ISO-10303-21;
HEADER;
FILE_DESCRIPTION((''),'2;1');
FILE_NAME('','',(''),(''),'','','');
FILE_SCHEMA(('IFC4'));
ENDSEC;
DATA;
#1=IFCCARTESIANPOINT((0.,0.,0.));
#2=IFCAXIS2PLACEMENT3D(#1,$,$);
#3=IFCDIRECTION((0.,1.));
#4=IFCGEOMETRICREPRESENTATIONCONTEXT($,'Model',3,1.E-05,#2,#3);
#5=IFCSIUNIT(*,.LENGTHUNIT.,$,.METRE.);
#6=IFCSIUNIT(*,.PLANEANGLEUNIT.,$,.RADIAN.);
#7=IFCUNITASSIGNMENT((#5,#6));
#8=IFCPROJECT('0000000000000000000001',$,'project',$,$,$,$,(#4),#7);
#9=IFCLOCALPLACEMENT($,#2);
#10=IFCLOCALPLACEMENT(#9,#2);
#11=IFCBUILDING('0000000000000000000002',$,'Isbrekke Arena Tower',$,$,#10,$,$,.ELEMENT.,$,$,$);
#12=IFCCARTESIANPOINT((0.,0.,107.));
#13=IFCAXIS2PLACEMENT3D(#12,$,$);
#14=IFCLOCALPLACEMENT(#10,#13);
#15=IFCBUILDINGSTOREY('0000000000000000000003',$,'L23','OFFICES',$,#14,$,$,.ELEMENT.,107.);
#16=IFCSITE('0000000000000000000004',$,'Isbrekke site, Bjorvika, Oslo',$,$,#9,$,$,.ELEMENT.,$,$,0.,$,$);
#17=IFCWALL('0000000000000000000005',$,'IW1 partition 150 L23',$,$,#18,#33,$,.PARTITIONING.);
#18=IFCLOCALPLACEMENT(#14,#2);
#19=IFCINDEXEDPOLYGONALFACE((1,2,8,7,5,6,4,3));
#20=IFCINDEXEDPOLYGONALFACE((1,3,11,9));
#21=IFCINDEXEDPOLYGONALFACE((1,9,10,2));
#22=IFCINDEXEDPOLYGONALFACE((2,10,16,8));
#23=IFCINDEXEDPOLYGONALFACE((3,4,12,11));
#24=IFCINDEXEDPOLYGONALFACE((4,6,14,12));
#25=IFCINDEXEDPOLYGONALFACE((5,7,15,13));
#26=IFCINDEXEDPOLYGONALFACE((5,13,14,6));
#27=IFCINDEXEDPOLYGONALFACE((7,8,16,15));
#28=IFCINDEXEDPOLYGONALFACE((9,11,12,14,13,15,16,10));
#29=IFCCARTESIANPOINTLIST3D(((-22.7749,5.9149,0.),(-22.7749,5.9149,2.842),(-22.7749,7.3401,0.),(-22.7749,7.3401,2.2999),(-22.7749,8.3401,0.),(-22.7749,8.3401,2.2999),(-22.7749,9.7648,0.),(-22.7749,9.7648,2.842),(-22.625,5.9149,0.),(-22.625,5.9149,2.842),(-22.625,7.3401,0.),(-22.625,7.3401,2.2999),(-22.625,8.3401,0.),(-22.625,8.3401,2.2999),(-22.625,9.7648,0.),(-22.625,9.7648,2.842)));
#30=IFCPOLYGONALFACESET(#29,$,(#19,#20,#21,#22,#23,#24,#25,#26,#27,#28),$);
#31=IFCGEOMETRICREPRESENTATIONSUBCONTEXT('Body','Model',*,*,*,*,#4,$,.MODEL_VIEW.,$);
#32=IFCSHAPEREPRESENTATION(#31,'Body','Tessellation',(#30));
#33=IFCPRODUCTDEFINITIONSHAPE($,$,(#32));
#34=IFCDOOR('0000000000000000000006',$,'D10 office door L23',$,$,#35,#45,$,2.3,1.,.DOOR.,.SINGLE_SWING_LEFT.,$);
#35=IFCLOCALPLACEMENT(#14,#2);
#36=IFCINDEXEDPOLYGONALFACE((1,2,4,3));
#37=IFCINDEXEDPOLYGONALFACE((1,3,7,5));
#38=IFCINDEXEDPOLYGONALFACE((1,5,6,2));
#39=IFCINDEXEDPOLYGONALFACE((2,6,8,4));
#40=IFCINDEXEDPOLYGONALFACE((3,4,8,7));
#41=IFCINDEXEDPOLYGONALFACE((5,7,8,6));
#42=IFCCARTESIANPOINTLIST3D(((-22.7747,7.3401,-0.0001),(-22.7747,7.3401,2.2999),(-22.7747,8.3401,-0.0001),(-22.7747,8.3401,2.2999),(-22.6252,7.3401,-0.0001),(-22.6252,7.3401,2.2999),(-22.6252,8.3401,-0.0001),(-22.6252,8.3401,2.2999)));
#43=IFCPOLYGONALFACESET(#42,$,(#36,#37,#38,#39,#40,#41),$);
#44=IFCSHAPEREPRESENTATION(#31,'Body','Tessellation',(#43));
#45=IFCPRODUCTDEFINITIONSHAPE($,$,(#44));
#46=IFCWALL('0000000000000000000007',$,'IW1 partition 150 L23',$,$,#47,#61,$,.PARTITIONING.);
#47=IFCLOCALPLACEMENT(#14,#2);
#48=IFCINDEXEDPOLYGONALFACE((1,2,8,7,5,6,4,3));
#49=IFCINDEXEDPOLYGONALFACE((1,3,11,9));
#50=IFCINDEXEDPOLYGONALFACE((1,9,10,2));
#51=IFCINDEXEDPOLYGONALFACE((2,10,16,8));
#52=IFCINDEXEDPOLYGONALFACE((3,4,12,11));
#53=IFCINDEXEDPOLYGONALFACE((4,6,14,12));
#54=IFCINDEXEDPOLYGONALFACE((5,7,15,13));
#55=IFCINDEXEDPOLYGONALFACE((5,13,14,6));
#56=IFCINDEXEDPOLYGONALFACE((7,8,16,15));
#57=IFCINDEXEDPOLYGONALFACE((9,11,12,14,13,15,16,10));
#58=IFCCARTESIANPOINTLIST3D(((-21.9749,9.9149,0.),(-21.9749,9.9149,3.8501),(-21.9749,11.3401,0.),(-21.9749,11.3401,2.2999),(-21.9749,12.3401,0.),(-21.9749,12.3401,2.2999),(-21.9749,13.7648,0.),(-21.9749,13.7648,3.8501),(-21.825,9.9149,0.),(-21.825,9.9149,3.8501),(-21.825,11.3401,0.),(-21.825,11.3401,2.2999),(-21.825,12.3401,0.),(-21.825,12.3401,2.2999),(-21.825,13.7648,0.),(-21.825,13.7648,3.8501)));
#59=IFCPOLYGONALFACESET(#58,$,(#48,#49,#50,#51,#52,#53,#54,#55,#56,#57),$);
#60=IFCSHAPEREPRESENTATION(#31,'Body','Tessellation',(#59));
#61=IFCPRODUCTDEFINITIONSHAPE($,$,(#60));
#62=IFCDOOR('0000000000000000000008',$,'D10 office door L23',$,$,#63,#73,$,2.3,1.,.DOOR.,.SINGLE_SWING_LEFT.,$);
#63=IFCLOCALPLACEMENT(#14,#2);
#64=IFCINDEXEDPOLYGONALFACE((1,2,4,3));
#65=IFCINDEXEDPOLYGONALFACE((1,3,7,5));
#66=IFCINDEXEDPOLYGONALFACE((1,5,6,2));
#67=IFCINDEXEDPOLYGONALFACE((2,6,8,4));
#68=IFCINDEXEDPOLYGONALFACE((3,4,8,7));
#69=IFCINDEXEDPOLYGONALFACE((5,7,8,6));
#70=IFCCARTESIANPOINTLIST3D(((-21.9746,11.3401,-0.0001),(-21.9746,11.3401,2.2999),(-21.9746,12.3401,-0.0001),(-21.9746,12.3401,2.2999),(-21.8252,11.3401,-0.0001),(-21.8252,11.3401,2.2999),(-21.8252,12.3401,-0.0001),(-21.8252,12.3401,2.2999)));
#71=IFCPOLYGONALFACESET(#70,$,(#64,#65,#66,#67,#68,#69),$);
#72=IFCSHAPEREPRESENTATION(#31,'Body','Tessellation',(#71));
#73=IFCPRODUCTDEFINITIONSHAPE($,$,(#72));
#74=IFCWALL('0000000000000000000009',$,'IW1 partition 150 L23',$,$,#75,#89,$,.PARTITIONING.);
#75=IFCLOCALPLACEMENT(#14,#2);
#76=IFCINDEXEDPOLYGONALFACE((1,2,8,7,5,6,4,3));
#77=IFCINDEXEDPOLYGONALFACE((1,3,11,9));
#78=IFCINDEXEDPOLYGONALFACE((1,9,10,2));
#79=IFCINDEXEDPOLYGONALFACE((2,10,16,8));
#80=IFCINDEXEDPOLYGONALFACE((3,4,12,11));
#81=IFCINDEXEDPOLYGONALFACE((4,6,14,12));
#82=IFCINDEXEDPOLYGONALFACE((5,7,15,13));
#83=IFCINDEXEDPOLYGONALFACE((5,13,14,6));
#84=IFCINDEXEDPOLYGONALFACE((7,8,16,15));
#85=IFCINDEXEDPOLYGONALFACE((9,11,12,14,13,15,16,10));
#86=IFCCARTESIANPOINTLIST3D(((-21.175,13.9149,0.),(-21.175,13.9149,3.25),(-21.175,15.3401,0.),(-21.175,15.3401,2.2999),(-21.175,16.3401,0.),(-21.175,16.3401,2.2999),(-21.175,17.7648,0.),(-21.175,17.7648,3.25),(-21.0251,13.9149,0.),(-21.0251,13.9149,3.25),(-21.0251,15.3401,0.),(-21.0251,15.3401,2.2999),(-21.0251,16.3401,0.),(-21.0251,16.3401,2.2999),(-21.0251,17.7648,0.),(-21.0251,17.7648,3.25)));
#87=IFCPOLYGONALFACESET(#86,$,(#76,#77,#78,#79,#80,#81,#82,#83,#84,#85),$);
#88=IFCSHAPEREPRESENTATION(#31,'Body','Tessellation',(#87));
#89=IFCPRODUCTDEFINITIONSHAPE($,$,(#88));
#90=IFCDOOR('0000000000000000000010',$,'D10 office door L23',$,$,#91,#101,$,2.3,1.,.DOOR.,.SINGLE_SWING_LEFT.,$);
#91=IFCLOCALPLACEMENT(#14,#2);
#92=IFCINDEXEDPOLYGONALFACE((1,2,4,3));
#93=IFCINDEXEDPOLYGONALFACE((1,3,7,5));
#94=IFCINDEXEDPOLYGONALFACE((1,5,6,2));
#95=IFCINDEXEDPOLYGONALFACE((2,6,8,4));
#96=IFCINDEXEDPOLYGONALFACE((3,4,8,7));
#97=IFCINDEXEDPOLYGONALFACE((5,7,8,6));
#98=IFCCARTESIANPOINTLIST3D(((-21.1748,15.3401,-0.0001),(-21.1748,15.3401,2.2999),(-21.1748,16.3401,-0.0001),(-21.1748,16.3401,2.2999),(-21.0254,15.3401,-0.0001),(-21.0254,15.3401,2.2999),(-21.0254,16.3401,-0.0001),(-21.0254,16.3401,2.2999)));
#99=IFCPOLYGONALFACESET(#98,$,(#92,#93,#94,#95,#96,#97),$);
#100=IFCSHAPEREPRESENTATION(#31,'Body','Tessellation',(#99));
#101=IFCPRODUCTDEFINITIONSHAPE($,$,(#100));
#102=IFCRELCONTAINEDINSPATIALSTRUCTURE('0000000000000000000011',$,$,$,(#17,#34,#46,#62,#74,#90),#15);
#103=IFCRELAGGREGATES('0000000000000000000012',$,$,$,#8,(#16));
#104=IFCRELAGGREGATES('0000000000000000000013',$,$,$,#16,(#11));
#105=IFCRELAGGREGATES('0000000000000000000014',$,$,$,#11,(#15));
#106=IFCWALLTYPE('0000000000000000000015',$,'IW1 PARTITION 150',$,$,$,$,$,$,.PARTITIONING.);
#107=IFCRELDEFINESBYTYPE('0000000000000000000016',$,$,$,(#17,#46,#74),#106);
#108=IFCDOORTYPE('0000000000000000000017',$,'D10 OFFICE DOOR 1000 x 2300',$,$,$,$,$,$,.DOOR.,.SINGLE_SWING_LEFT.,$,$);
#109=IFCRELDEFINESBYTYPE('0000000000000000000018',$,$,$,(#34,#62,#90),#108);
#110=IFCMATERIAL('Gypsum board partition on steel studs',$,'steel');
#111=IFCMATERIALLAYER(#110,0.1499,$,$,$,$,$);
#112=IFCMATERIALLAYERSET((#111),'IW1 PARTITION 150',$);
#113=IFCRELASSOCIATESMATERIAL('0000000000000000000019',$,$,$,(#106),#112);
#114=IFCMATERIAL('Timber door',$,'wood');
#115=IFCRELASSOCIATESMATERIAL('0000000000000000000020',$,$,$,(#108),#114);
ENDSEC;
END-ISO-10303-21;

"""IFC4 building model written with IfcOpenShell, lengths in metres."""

from ifc_helpers import new_model, si_unit, direction, frame, frame_2d, origin, place, context, subcontext, project, spatial, rectangle, extrude, material, layer, layer_set, type_object, element, fill, save


model = new_model("IFC4")

# Units and contexts
model_context = context("Model", 3, precision=1e-05, world=origin(), true_north=direction((0.0, 1.0)))
body_context = subcontext(model_context, "Body", "Model", "MODEL_VIEW")
ifc_project = project(units=[si_unit("LENGTHUNIT", "METRE"), si_unit("PLANEANGLEUNIT", "RADIAN")], contexts=[model_context])

# Site, building, storey
site_placement = place(None, origin())
site = spatial("IfcSite", under=ifc_project, at=site_placement, Name="Isbrekke site, Bjorvika, Oslo", CompositionType="ELEMENT", RefElevation=0.0)
building_placement = place(site_placement, origin())
building = spatial("IfcBuilding", under=site, at=building_placement, Name="Isbrekke Arena Tower", CompositionType="ELEMENT")
storey_placement = place(building_placement, frame((0.0, 0.0, 107.0)))
storey = spatial("IfcBuildingStorey", under=building, at=storey_placement, Name="L23", Description="OFFICES", CompositionType="ELEMENT", Elevation=107.0)

# Shared definitions
ifc_material_1 = material(Name="Gypsum board partition on steel studs", Category="steel")
ifc_layer_1 = layer(ifc_material_1, 0.1499)
ifc_layer_set_1 = layer_set([ifc_layer_1], Name="IW1 PARTITION 150")
wall_type = type_object("IfcWallType", Name="IW1 PARTITION 150", PredefinedType="PARTITIONING", material=ifc_layer_set_1)

# Walls, openings, doors
wall_1_placement = place(storey_placement, frame((-22.7, 5.915, 0.0), z_axis=(0.0, 0.0, 1.0), x_axis=(0.0, 1.0, 0.0)))
wall_1 = element("IfcWall", 1, at=wall_1_placement, inside=storey, type_object=wall_type, Name="IW1 partition 150 L23", PredefinedType="PARTITIONING", context=body_context, shape_type="SweptSolid", body=[
    extrude(rectangle(XDim=3.8499, YDim=0.1499, at=frame_2d((1.9248, 0.0))), origin(), (0.0, 0.0, 1.0), 2.842),
])
opening_1_placement = place(wall_1_placement, frame((1.425, 0.0, 0.0)))
opening_1 = element("IfcOpeningElement", 2, at=opening_1_placement, cuts=wall_1, PredefinedType="OPENING", context=body_context, shape_type="SweptSolid", body=[
    extrude(rectangle(XDim=1.0, YDim=2.3, at=frame_2d((0.5, 1.1499))), frame((0.0, 0.0898, 0.0), z_axis=(0.0, -1.0, 0.0), x_axis=(1.0, 0.0, 0.0)), (0.0, 0.0, 1.0), 0.1797),
])
ifc_material_2 = material(Name="Timber door", Category="wood")
door_type = type_object("IfcDoorType", Name="D10 OFFICE DOOR 1000 x 2300", OperationType="SINGLE_SWING_LEFT", PredefinedType="DOOR", material=ifc_material_2)
door_1_placement = place(opening_1_placement, origin())
door_1 = element("IfcDoor", 3, at=door_1_placement, inside=storey, type_object=door_type, Name="D10 office door L23", OperationType="SINGLE_SWING_LEFT", OverallHeight=2.3, OverallWidth=1.0, PredefinedType="DOOR", context=body_context, shape_type="SweptSolid", body=[
    extrude(rectangle(XDim=1.0, YDim=2.3, at=frame_2d((0.5, 1.1499))), frame((0.0, 0.0747, 0.0), z_axis=(0.0, -1.0, 0.0), x_axis=(1.0, 0.0, 0.0)), (0.0, 0.0, 1.0), 0.1494),
])
fill(opening_1, door_1)
wall_2_placement = place(storey_placement, frame((-21.8999, 9.915, 0.0), z_axis=(0.0, 0.0, 1.0), x_axis=(0.0, 1.0, 0.0)))
wall_2 = element("IfcWall", 4, at=wall_2_placement, inside=storey, type_object=wall_type, Name="IW1 partition 150 L23", PredefinedType="PARTITIONING", context=body_context, shape_type="SweptSolid", body=[
    extrude(rectangle(XDim=3.8499, YDim=0.1499, at=frame_2d((1.9248, 0.0))), origin(), (0.0, 0.0, 1.0), 3.8501),
])
opening_2_placement = place(wall_2_placement, frame((1.425, 0.0, 0.0)))
opening_2 = element("IfcOpeningElement", 5, at=opening_2_placement, cuts=wall_2, PredefinedType="OPENING", context=body_context, shape_type="SweptSolid", body=[
    extrude(rectangle(XDim=1.0, YDim=2.3, at=frame_2d((0.5, 1.1499))), frame((0.0, 0.0898, 0.0), z_axis=(0.0, -1.0, 0.0), x_axis=(1.0, 0.0, 0.0)), (0.0, 0.0, 1.0), 0.1797),
])
door_2_placement = place(opening_2_placement, origin())
door_2 = element("IfcDoor", 6, at=door_2_placement, inside=storey, type_object=door_type, Name="D10 office door L23", OperationType="SINGLE_SWING_LEFT", OverallHeight=2.3, OverallWidth=1.0, PredefinedType="DOOR", context=body_context, shape_type="SweptSolid", body=[
    extrude(rectangle(XDim=1.0, YDim=2.3, at=frame_2d((0.5, 1.1499))), frame((0.0, 0.0747, 0.0), z_axis=(0.0, -1.0, 0.0), x_axis=(1.0, 0.0, 0.0)), (0.0, 0.0, 1.0), 0.1494),
])
fill(opening_2, door_2)
wall_3_placement = place(storey_placement, frame((-21.1001, 13.915, 0.0), z_axis=(0.0, 0.0, 1.0), x_axis=(0.0, 1.0, 0.0)))
wall_3 = element("IfcWall", 7, at=wall_3_placement, inside=storey, type_object=wall_type, Name="IW1 partition 150 L23", PredefinedType="PARTITIONING", context=body_context, shape_type="SweptSolid", body=[
    extrude(rectangle(XDim=3.8499, YDim=0.1499, at=frame_2d((1.9248, 0.0))), origin(), (0.0, 0.0, 1.0), 3.25),
])
opening_3_placement = place(wall_3_placement, frame((1.425, 0.0, 0.0)))
opening_3 = element("IfcOpeningElement", 8, at=opening_3_placement, cuts=wall_3, PredefinedType="OPENING", context=body_context, shape_type="SweptSolid", body=[
    extrude(rectangle(XDim=1.0, YDim=2.3, at=frame_2d((0.5, 1.1499))), frame((0.0, 0.0898, 0.0), z_axis=(0.0, -1.0, 0.0), x_axis=(1.0, 0.0, 0.0)), (0.0, 0.0, 1.0), 0.1797),
])
door_3_placement = place(opening_3_placement, origin())
door_3 = element("IfcDoor", 9, at=door_3_placement, inside=storey, type_object=door_type, Name="D10 office door L23", OperationType="SINGLE_SWING_LEFT", OverallHeight=2.3, OverallWidth=1.0, PredefinedType="DOOR", context=body_context, shape_type="SweptSolid", body=[
    extrude(rectangle(XDim=1.0, YDim=2.3, at=frame_2d((0.5, 1.1499))), frame((0.0, 0.0747, 0.0), z_axis=(0.0, -1.0, 0.0), x_axis=(1.0, 0.0, 0.0)), (0.0, 0.0, 1.0), 0.1494),
])
fill(opening_3, door_3)

save(model, "model.ifc")
